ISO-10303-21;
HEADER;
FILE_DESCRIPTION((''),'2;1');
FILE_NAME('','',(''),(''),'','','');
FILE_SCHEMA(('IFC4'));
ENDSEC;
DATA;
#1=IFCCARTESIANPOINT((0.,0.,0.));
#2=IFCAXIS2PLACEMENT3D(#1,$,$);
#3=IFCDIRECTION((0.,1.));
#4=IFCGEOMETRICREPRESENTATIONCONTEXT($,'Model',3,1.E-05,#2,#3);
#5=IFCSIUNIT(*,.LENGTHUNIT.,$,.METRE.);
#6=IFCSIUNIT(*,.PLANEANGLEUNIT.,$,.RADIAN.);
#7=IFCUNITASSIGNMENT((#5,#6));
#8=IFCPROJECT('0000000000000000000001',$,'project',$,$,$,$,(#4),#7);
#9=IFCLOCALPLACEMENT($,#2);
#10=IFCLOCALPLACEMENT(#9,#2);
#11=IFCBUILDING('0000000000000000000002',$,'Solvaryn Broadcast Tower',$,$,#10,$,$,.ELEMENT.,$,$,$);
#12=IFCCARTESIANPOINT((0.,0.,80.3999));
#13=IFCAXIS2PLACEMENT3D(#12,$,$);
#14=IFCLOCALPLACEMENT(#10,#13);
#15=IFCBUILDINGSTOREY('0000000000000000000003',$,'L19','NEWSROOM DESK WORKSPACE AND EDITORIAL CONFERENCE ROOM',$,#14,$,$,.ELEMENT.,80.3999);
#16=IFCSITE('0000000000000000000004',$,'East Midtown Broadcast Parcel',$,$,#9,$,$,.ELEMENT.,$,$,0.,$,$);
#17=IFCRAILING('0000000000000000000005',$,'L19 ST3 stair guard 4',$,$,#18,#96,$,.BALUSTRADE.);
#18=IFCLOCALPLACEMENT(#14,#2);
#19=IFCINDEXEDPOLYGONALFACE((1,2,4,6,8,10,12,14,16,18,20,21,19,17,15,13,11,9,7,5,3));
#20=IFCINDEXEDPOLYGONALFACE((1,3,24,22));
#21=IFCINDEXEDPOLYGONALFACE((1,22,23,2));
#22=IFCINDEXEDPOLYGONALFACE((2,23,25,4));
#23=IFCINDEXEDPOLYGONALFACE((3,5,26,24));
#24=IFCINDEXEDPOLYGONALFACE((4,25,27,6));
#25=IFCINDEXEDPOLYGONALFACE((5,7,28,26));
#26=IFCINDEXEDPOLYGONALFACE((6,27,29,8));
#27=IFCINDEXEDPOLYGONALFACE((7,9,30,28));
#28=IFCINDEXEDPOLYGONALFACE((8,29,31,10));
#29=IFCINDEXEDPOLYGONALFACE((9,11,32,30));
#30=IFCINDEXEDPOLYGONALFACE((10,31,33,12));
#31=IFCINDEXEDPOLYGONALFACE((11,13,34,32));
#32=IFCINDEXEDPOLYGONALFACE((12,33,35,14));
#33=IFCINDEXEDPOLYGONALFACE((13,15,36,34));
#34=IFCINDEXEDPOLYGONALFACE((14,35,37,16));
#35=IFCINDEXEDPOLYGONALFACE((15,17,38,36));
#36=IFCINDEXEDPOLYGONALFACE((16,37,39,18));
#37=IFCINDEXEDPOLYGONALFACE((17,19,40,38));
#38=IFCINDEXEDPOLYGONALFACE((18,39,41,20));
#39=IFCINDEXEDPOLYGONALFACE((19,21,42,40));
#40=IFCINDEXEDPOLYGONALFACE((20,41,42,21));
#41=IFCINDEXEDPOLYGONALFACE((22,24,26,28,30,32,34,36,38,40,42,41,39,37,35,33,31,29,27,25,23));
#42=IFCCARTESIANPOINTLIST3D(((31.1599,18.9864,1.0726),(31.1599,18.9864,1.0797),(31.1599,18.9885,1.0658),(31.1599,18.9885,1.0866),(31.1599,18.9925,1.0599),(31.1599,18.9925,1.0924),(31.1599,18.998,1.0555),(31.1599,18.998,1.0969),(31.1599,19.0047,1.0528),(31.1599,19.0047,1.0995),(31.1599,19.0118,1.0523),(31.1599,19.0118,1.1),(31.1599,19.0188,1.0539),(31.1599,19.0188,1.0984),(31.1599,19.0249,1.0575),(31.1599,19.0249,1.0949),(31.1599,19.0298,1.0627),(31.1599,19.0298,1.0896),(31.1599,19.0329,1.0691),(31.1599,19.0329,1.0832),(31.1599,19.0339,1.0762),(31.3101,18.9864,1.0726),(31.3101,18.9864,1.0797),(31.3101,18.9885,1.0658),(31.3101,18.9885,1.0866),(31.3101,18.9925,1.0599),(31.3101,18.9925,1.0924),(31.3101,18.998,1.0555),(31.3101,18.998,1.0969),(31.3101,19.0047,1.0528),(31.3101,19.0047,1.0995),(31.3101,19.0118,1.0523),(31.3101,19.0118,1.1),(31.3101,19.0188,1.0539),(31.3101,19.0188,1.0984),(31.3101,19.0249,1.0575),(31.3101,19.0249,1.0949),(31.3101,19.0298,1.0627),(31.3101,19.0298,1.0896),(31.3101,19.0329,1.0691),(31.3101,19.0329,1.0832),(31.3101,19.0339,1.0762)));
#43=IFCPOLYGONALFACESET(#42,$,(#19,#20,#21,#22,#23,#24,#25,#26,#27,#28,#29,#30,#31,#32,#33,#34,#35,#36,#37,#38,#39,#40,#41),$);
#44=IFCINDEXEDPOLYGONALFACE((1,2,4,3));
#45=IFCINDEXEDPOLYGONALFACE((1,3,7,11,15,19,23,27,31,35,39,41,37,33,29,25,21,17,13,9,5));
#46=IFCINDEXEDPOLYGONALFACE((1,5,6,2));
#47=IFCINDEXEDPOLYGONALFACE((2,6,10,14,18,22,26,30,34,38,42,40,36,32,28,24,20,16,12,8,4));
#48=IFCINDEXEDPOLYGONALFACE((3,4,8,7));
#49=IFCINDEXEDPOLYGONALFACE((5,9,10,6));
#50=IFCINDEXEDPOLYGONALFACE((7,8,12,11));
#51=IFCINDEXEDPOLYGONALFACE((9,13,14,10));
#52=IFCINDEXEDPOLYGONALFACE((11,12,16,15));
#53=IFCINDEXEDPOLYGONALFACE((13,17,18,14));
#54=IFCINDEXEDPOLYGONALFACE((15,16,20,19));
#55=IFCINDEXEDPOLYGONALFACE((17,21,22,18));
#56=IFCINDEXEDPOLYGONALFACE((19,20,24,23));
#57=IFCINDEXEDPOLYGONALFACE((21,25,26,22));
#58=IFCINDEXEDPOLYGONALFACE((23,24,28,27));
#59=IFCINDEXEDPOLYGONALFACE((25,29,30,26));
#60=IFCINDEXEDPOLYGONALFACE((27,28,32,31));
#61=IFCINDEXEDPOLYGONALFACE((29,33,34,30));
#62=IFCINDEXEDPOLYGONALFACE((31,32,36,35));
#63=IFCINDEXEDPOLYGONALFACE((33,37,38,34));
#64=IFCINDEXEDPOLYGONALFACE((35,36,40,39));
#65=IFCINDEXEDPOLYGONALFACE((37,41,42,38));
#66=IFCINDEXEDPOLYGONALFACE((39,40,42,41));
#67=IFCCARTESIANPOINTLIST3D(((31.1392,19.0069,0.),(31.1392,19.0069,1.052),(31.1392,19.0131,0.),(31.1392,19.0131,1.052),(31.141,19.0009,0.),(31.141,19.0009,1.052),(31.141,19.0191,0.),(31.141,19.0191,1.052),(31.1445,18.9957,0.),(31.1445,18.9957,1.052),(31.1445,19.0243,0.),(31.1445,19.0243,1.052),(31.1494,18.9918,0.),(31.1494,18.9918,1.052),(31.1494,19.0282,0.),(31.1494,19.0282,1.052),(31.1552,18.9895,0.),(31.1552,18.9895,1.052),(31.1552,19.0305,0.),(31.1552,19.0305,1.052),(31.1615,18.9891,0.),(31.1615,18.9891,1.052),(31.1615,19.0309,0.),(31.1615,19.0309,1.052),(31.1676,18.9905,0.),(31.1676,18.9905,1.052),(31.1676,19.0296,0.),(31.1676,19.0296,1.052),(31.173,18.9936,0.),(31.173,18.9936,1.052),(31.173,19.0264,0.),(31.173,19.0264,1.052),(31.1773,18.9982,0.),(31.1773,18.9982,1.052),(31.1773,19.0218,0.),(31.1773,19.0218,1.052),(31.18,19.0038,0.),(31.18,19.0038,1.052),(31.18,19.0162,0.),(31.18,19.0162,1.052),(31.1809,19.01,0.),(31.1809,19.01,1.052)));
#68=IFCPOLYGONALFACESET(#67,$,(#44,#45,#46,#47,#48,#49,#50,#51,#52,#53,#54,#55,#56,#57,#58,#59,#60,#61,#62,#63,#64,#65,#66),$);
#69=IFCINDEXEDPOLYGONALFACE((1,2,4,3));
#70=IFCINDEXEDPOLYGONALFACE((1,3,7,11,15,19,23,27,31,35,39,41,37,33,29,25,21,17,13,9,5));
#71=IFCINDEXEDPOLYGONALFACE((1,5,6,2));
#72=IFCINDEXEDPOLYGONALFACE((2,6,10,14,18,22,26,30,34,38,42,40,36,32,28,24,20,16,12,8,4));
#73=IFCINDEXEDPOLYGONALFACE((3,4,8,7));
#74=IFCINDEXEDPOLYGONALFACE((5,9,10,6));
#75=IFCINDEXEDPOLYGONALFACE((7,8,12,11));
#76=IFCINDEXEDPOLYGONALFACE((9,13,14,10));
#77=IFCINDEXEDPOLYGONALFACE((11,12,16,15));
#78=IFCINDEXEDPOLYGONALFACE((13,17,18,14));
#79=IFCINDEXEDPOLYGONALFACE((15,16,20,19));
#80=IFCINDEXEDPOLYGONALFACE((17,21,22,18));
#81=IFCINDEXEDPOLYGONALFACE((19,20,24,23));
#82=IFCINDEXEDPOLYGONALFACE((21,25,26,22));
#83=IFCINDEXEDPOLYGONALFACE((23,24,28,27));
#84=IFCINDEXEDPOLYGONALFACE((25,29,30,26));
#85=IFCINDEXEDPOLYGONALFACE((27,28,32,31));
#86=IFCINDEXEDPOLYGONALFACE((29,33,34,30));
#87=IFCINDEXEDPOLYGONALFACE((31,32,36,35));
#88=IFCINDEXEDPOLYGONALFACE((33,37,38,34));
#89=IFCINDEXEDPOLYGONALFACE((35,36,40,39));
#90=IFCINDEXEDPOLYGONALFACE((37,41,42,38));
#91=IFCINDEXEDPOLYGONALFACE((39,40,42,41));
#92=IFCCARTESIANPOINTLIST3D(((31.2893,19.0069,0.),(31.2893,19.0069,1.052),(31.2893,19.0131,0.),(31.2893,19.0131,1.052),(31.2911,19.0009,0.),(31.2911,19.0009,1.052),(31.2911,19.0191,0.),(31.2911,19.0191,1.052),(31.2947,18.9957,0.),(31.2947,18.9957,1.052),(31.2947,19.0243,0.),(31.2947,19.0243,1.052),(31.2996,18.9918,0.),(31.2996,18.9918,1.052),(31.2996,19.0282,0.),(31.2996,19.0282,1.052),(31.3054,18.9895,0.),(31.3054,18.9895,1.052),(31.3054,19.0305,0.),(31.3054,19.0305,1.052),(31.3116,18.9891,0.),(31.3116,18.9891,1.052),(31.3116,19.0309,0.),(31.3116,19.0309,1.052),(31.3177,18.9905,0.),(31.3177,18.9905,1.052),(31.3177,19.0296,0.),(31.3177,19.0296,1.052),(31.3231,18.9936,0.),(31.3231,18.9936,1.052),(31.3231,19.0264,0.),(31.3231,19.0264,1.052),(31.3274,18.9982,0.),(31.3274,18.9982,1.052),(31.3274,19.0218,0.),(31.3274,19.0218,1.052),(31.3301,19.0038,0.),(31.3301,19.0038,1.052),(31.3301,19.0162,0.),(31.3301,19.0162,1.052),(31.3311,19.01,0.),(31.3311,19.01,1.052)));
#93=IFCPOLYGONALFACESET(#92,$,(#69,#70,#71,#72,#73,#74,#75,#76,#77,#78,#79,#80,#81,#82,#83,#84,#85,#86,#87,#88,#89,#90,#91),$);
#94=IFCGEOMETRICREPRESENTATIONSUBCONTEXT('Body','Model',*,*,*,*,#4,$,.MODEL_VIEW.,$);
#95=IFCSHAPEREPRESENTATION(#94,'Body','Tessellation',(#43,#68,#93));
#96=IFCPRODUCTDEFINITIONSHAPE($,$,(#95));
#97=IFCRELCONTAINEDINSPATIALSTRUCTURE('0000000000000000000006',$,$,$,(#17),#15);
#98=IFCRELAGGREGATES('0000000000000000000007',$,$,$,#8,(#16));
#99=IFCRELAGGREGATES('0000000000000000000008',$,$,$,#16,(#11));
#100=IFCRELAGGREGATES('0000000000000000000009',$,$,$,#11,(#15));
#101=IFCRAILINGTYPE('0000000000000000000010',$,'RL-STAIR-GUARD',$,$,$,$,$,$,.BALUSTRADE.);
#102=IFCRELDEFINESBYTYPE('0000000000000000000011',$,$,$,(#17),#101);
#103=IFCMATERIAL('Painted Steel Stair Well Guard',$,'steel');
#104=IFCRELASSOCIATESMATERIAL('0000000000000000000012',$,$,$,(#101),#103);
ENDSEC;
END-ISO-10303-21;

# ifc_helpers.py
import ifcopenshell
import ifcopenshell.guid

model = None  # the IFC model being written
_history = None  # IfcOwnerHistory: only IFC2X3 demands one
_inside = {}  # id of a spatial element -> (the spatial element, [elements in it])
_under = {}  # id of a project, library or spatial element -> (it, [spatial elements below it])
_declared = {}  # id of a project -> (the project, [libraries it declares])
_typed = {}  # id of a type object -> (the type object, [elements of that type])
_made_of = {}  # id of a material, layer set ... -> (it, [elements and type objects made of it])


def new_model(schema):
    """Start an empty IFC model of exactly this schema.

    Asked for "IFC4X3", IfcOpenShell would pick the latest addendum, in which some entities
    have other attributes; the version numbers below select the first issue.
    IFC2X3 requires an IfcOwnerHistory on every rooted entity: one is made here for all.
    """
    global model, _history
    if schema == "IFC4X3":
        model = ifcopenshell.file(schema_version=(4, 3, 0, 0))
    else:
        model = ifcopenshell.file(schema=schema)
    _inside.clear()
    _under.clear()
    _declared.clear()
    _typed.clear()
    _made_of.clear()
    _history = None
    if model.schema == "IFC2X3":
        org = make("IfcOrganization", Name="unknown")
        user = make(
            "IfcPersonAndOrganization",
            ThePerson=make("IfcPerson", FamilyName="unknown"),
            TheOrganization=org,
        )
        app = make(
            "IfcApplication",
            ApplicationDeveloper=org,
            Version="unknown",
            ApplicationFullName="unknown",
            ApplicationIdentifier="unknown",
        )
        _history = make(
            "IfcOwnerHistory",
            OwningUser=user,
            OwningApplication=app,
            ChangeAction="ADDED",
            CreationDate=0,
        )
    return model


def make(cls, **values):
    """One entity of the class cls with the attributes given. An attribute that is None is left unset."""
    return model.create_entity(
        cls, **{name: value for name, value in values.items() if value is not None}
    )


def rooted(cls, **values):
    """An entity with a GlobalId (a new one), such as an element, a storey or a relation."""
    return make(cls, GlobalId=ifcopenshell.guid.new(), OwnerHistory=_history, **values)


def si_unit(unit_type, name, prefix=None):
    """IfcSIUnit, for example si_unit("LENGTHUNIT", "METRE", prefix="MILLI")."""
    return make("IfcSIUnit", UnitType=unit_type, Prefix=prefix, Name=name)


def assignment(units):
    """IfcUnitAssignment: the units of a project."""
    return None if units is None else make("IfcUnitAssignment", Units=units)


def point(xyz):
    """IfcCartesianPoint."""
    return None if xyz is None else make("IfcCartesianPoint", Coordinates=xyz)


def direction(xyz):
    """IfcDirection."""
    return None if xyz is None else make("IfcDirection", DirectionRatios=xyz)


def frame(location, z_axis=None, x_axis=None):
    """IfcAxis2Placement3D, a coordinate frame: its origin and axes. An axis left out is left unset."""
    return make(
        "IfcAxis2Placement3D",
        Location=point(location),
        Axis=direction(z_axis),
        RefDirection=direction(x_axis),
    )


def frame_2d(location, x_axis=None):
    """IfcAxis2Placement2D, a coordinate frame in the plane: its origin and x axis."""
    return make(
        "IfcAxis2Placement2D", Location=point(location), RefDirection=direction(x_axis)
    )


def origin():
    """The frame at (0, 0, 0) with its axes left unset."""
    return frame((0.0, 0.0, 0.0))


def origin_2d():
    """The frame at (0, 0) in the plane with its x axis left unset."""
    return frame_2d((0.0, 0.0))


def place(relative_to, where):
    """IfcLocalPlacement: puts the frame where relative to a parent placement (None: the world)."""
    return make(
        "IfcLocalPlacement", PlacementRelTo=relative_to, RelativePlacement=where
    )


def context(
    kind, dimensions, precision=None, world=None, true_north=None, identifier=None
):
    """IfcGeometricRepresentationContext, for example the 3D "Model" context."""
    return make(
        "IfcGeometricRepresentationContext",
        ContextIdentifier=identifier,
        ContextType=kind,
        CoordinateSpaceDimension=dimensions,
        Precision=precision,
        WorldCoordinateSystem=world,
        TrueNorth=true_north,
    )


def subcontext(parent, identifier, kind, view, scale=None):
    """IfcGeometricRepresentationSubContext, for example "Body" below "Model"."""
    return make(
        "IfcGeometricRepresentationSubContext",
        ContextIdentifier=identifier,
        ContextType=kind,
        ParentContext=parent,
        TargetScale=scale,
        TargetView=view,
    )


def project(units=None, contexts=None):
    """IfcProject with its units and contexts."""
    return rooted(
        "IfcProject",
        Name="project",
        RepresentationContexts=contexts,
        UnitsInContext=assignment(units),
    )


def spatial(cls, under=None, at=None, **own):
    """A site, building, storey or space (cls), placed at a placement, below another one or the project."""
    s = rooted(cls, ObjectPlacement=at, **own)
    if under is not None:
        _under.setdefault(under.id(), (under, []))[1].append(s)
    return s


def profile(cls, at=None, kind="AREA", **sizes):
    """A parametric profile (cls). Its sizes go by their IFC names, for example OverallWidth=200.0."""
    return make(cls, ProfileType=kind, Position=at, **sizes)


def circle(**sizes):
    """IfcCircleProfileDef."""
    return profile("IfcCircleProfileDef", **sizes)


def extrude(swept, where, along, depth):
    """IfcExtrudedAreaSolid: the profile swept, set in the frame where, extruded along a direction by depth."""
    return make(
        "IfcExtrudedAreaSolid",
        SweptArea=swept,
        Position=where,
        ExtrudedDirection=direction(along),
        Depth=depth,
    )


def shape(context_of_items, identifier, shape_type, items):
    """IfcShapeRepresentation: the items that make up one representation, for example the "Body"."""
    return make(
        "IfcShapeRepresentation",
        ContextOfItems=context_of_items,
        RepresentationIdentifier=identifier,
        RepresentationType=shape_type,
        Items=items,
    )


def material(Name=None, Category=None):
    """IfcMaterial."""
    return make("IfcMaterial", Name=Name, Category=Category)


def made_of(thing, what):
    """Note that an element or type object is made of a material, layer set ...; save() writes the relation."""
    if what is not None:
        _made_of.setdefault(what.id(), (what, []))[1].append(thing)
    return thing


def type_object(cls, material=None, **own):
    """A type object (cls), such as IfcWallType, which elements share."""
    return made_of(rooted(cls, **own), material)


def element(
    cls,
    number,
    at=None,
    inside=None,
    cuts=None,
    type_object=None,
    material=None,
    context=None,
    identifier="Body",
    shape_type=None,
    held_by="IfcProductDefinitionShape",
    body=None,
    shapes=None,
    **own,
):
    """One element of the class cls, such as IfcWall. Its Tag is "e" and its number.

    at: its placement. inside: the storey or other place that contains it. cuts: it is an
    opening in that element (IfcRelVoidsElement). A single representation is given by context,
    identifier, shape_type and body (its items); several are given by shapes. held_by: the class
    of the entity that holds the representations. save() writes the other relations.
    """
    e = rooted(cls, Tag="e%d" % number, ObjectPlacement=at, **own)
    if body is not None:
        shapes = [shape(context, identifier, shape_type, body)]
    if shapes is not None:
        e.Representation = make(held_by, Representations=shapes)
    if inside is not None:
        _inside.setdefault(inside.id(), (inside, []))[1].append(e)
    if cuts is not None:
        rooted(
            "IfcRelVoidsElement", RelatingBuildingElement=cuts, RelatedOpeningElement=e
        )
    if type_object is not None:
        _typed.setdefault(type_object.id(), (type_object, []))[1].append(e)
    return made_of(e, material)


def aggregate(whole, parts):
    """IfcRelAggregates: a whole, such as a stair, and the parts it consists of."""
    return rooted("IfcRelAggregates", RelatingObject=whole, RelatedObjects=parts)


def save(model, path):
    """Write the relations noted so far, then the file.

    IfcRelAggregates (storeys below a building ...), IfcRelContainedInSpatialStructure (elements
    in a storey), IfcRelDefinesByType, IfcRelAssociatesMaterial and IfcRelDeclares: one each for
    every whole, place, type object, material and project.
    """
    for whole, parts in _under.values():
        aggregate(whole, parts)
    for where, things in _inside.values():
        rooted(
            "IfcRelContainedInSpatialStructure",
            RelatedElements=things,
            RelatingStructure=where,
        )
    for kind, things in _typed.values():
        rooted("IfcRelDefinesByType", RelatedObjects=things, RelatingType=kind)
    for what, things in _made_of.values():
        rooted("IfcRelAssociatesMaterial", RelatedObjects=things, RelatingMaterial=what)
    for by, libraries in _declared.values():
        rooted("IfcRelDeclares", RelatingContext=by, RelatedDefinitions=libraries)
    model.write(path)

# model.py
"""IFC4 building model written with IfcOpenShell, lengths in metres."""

from ifc_helpers import new_model, si_unit, direction, frame, origin, origin_2d, place, context, subcontext, project, spatial, circle, extrude, material, type_object, element, save


model = new_model("IFC4")

# Units and contexts
model_context = context("Model", 3, precision=1e-05, world=origin(), true_north=direction((0.0, 1.0)))
body_context = subcontext(model_context, "Body", "Model", "MODEL_VIEW")
ifc_project = project(units=[si_unit("LENGTHUNIT", "METRE"), si_unit("PLANEANGLEUNIT", "RADIAN")], contexts=[model_context])

# Site, building, storey
site_placement = place(None, origin())
site = spatial("IfcSite", under=ifc_project, at=site_placement, Name="East Midtown Broadcast Parcel", CompositionType="ELEMENT", RefElevation=0.0)
building_placement = place(site_placement, origin())
building = spatial("IfcBuilding", under=site, at=building_placement, Name="Solvaryn Broadcast Tower", CompositionType="ELEMENT")
storey_placement = place(building_placement, frame((0.0, 0.0, 80.3999)))
storey = spatial("IfcBuildingStorey", under=building, at=storey_placement, Name="L19", Description="NEWSROOM DESK WORKSPACE AND EDITORIAL CONFERENCE ROOM", CompositionType="ELEMENT", Elevation=80.3999)

# Railing
ifc_material_1 = material(Name="Painted Steel Stair Well Guard", Category="steel")
railing_type_1 = type_object("IfcRailingType", Name="RL-STAIR-GUARD", PredefinedType="BALUSTRADE", material=ifc_material_1)
railing_1_placement = place(storey_placement, frame((31.1599, 19.01, 0.0)))
element("IfcRailing", 1, at=railing_1_placement, inside=storey, type_object=railing_type_1, Name="L19 ST3 stair guard 4", PredefinedType="BALUSTRADE", context=body_context, shape_type="SweptSolid", body=[
    extrude(circle(Radius=0.0239, at=origin_2d()), frame((0.0, 0.0, 1.0762), z_axis=(1.0, 0.0, 0.0), x_axis=(0.0, 1.0, 0.0)), (0.0, 0.0, 1.0), 0.1501),
    extrude(circle(Radius=0.021, at=origin_2d()), origin(), (0.0, 0.0, 1.0), 1.052),
    extrude(circle(Radius=0.021, at=origin_2d()), frame((0.1501, 0.0, 0.0)), (0.0, 0.0, 1.0), 1.052),
])

save(model, "model.ifc")
